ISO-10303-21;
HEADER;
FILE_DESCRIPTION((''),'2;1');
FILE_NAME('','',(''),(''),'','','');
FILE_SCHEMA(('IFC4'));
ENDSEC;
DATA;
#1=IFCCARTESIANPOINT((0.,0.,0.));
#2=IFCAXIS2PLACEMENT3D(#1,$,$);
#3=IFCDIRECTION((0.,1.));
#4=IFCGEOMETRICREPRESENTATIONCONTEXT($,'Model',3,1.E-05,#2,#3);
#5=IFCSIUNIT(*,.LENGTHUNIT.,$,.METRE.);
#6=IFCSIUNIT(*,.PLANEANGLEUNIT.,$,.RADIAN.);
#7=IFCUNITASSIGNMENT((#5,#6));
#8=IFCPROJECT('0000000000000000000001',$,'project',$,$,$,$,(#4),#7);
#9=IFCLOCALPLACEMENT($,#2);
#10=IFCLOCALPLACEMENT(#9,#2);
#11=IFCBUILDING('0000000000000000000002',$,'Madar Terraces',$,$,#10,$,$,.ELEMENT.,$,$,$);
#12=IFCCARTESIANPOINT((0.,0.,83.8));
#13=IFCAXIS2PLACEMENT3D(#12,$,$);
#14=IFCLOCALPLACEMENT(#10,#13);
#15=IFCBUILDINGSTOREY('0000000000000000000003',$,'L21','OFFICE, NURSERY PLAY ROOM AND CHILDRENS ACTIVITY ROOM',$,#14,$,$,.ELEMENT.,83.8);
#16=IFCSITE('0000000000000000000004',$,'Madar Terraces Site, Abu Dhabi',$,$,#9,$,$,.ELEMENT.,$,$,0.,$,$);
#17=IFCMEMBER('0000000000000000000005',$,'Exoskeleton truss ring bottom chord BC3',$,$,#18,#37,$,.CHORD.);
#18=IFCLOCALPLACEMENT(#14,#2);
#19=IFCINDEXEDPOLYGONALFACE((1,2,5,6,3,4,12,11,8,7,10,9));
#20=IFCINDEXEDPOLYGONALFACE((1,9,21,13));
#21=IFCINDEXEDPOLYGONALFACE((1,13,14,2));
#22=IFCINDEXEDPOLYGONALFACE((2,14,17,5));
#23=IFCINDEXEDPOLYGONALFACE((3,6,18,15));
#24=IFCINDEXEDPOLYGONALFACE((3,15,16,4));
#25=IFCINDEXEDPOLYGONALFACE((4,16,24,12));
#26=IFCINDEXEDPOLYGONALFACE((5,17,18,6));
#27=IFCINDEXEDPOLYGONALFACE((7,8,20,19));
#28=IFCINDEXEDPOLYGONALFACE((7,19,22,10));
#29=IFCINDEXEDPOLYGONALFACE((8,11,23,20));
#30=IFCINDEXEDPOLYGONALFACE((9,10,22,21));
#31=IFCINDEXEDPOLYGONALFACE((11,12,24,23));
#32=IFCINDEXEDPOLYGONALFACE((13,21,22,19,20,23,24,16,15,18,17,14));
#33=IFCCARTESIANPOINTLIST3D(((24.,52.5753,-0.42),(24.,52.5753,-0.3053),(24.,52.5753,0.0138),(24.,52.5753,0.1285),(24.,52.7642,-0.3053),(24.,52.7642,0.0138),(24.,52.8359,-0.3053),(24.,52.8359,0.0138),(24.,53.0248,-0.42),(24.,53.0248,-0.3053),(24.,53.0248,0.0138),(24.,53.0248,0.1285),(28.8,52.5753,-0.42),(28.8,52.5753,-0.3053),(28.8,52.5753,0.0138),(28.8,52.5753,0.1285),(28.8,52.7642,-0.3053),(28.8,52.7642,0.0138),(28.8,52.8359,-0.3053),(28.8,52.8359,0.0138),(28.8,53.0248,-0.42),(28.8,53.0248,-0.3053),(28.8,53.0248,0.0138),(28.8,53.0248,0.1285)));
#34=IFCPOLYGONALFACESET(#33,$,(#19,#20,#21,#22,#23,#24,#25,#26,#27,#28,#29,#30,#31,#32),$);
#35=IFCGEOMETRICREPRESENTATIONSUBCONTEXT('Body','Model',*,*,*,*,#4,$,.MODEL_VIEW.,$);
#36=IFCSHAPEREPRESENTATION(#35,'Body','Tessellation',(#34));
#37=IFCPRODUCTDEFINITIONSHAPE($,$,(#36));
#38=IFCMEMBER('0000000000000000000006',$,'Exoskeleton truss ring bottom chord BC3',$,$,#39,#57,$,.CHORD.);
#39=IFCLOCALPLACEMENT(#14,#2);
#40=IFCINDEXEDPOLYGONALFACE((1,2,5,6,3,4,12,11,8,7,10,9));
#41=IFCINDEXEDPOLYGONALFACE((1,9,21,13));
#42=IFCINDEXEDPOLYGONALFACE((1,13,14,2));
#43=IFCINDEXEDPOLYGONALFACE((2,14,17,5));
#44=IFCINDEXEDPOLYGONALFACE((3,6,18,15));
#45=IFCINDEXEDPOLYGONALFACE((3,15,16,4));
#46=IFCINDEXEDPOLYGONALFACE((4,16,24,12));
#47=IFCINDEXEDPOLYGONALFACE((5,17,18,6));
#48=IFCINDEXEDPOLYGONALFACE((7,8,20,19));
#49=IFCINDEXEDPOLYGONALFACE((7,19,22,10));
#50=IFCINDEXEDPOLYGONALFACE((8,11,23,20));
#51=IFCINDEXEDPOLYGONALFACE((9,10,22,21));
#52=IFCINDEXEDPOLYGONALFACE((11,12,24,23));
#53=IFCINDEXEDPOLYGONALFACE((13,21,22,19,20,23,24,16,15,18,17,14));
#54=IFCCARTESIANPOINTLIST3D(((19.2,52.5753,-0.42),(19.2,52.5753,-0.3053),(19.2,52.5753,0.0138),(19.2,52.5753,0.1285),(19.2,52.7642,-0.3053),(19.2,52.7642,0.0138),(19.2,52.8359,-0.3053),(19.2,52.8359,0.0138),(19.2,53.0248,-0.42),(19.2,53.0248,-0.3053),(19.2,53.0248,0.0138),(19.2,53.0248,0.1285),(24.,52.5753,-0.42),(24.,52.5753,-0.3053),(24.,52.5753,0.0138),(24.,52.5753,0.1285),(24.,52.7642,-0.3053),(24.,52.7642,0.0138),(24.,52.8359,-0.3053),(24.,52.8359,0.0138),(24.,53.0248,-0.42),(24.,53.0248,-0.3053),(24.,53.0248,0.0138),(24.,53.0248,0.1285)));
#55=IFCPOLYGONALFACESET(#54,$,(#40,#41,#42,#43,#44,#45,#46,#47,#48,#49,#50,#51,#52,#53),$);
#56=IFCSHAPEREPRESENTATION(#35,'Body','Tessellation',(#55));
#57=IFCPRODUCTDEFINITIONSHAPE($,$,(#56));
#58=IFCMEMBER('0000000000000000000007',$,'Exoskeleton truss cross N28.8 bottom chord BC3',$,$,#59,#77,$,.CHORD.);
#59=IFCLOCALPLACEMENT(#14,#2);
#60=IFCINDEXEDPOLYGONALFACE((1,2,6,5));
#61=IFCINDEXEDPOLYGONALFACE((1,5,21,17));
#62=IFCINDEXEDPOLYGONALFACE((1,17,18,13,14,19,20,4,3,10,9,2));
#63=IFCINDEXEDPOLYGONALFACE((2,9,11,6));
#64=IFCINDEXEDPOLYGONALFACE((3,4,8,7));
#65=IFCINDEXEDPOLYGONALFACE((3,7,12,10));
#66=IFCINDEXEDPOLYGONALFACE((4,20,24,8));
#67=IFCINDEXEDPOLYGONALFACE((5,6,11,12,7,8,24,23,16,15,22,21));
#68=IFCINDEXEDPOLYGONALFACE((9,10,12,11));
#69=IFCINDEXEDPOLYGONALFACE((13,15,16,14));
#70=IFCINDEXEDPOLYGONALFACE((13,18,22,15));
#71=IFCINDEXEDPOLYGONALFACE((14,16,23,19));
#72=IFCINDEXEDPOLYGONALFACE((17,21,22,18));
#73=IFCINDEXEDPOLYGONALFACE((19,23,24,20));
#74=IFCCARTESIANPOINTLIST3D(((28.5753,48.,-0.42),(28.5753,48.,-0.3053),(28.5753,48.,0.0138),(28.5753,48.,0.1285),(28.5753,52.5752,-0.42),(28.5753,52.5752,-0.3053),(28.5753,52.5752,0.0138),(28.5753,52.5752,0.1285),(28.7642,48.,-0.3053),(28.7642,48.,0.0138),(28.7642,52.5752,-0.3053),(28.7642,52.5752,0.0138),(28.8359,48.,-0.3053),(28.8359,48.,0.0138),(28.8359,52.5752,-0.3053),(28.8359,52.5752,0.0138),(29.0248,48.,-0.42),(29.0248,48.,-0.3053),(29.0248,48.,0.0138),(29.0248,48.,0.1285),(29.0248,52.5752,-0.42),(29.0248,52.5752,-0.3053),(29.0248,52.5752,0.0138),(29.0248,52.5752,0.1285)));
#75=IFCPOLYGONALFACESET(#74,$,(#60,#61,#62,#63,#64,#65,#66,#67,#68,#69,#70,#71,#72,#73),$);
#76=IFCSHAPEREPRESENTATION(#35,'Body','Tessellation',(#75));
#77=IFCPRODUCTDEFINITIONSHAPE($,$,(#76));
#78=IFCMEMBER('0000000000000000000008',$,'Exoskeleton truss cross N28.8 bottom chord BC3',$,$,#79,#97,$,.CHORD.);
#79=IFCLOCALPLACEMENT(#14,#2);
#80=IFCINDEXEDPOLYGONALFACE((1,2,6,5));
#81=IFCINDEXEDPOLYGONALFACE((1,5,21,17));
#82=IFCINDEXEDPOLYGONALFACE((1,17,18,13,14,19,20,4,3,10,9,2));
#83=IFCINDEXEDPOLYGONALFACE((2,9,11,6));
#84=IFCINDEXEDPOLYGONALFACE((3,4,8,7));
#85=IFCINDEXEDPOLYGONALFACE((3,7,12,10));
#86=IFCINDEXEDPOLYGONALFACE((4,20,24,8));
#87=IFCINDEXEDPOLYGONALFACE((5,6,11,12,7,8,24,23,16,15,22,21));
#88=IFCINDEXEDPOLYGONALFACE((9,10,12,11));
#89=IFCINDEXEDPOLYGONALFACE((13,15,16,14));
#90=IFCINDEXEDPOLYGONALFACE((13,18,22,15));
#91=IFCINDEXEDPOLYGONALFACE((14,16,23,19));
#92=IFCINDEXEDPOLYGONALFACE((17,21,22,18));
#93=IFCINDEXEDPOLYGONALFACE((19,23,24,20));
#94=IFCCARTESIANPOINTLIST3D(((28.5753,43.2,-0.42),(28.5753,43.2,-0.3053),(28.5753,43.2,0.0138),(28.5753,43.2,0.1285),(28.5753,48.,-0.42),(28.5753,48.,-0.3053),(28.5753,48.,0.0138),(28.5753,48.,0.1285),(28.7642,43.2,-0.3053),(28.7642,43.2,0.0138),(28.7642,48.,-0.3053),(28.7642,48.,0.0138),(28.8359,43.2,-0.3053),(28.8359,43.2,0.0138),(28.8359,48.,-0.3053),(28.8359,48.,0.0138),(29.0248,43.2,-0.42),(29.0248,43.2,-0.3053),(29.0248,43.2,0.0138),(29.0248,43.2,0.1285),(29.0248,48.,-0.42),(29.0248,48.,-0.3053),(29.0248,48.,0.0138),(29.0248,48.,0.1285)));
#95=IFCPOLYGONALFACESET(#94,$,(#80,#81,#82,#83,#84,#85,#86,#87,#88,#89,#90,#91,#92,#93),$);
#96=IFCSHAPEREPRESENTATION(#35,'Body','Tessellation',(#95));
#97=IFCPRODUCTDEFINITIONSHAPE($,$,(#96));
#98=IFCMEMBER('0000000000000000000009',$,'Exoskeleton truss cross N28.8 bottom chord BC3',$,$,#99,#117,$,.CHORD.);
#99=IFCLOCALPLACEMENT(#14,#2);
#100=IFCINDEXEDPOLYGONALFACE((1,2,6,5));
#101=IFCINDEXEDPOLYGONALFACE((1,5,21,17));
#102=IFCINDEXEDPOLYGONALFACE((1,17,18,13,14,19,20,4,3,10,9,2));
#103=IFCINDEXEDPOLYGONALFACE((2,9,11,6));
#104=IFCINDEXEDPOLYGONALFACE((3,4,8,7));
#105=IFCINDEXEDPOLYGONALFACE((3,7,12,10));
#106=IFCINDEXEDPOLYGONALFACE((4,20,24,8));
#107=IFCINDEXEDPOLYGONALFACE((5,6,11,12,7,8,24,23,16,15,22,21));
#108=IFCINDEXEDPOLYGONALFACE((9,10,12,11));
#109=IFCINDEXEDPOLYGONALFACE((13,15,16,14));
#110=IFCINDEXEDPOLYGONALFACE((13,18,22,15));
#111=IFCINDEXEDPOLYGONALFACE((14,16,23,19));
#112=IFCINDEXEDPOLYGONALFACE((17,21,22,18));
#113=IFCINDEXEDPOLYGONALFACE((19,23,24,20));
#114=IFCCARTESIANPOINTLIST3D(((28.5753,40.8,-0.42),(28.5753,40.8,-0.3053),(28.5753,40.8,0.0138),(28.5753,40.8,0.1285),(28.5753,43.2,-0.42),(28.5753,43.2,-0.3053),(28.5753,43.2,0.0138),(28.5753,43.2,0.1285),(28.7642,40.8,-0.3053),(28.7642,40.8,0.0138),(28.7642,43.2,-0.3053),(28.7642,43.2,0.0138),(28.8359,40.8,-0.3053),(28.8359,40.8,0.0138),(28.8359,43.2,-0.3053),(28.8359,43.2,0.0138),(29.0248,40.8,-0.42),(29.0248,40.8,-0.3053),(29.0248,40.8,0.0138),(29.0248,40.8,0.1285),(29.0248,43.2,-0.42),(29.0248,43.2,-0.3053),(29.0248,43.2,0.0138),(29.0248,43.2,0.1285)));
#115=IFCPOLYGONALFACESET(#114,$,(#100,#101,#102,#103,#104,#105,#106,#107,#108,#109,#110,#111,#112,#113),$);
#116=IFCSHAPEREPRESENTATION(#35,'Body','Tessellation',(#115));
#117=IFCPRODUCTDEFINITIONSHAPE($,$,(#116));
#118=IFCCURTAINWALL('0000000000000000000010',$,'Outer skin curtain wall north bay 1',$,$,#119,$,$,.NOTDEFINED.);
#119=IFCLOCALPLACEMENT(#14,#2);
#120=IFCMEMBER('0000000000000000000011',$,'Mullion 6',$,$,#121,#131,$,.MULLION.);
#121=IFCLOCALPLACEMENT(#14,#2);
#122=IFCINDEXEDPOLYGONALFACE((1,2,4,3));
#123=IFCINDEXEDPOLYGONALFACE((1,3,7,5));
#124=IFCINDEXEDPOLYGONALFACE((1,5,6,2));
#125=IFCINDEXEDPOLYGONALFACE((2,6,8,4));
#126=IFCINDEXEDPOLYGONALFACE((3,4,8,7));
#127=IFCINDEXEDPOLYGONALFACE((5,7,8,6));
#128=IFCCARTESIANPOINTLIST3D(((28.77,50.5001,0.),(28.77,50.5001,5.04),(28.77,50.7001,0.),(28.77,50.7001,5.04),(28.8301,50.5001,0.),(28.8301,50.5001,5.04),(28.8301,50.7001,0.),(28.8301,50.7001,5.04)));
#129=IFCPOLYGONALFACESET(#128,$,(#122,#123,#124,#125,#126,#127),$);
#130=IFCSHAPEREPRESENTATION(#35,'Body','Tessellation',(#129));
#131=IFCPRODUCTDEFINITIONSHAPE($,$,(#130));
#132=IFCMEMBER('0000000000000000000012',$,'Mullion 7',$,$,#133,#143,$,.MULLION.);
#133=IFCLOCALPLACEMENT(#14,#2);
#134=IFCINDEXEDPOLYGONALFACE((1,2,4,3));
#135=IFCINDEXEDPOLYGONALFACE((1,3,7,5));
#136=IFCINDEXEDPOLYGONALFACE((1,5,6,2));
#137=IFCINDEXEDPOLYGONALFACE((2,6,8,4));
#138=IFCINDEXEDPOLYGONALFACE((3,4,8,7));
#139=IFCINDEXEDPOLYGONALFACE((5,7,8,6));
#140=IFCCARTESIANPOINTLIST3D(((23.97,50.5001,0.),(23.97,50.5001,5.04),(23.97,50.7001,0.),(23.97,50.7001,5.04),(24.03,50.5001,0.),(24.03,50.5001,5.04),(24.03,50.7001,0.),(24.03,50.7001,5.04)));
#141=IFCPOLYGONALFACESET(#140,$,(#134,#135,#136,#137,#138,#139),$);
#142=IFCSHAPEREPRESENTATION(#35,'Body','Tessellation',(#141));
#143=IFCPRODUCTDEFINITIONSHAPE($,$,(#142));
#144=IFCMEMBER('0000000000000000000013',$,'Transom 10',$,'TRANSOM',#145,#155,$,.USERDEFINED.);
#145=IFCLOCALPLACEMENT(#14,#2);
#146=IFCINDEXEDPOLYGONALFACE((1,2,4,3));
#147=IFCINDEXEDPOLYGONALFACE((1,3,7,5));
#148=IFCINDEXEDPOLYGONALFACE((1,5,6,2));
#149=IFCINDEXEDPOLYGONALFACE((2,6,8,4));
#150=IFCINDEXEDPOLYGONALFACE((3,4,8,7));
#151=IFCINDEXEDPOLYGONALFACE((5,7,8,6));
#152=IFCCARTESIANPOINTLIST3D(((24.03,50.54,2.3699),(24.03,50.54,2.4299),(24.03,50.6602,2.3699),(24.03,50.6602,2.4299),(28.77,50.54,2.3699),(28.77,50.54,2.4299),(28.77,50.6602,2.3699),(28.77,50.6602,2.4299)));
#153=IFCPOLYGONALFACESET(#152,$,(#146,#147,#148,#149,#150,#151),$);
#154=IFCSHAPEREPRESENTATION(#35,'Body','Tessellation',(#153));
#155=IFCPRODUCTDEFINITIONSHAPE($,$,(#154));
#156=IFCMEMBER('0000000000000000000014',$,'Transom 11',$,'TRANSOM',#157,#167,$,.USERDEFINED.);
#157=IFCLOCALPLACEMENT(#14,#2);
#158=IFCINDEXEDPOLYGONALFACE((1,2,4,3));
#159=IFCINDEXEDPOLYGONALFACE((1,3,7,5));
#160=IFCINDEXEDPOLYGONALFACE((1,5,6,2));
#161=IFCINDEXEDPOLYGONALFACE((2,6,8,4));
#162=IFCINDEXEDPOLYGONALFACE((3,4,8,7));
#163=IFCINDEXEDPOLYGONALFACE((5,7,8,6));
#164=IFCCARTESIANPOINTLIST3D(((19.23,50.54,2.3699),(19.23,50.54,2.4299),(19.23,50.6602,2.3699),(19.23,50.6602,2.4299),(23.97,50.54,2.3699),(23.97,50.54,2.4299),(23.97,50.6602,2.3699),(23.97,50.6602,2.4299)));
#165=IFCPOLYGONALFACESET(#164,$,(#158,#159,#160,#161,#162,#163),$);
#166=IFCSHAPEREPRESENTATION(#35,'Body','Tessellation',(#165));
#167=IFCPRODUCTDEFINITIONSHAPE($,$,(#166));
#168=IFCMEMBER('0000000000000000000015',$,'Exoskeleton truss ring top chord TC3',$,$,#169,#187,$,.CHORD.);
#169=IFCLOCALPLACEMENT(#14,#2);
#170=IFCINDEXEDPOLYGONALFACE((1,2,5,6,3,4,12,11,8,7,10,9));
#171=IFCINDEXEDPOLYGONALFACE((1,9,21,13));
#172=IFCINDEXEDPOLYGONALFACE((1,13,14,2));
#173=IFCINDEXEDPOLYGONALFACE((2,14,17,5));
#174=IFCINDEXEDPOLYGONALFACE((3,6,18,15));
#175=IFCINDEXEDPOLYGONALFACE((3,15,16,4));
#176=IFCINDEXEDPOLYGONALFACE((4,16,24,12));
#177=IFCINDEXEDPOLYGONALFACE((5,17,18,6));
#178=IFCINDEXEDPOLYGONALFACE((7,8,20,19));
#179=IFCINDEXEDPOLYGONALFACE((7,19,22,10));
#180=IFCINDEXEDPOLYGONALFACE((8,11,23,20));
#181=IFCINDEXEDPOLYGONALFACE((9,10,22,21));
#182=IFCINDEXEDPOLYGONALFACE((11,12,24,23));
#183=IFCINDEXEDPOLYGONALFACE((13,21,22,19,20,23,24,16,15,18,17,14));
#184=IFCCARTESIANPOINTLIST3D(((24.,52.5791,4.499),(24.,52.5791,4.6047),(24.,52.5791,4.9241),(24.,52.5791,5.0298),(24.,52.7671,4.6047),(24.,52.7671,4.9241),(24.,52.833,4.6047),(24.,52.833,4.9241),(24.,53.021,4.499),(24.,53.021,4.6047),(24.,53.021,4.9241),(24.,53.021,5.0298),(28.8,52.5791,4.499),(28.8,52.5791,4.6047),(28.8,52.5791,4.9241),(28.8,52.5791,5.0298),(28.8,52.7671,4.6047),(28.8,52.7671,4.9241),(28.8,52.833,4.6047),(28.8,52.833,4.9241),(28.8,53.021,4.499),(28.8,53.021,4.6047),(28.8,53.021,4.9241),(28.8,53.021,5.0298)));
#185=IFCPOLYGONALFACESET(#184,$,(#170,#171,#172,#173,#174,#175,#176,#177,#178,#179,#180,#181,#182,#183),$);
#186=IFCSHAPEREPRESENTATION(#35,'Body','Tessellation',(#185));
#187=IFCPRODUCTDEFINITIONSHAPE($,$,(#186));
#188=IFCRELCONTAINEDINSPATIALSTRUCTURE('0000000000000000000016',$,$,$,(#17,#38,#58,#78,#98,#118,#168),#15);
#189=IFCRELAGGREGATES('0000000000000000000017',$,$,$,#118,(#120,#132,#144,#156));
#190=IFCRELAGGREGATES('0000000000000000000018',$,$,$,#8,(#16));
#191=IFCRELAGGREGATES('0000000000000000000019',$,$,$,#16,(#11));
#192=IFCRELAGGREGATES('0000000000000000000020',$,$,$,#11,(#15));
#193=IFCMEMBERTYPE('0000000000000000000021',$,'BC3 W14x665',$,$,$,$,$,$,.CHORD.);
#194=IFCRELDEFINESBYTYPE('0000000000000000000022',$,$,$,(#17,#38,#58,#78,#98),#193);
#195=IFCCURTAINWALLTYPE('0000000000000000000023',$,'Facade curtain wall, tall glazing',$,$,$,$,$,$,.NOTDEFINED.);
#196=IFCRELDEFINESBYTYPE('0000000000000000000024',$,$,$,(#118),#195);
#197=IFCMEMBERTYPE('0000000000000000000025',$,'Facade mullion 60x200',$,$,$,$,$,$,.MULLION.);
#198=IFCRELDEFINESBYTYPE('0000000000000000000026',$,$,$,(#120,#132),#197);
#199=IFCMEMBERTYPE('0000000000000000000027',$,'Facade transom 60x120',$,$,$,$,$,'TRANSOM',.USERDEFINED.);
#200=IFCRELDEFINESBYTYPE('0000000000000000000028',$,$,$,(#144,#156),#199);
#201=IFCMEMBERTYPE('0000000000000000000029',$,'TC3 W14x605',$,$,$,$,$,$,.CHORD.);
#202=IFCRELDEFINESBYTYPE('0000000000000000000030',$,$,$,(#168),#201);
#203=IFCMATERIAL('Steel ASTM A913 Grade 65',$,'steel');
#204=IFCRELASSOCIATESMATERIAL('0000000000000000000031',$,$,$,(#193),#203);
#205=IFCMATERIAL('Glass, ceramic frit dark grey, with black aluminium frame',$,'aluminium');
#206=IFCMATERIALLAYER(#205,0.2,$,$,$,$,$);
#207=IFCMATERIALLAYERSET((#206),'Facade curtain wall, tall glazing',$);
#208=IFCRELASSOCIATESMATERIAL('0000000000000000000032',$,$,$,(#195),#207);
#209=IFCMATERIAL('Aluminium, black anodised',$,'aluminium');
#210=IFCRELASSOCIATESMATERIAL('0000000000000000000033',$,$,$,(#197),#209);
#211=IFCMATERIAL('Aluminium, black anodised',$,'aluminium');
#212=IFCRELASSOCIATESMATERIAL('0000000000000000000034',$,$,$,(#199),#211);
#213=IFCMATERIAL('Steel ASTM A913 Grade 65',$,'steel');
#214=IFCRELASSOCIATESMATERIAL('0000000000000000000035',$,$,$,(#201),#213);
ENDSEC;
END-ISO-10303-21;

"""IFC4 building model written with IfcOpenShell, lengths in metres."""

from ifc_helpers import new_model, si_unit, direction, frame, origin, origin_2d, place, context, subcontext, project, spatial, rectangle, i_section, extrude, material, layer, layer_set, material_profile, profile_set, type_object, element, aggregate, save


model = new_model("IFC4")

# Units and contexts
model_context = context("Model", 3, precision=1e-05, world=origin(), true_north=direction((0.0, 1.0)))
body_context = subcontext(model_context, "Body", "Model", "MODEL_VIEW")
ifc_project = project(units=[si_unit("LENGTHUNIT", "METRE"), si_unit("PLANEANGLEUNIT", "RADIAN")], contexts=[model_context])

# Site, building, storey
site_placement = place(None, origin())
site = spatial("IfcSite", under=ifc_project, at=site_placement, Name="Madar Terraces Site, Abu Dhabi", CompositionType="ELEMENT", RefElevation=0.0)
building_placement = place(site_placement, origin())
building = spatial("IfcBuilding", under=site, at=building_placement, Name="Madar Terraces", CompositionType="ELEMENT")
storey_placement = place(building_placement, frame((0.0, 0.0, 83.8)))
storey = spatial("IfcBuildingStorey", under=building, at=storey_placement, Name="L21", Description="OFFICE, NURSERY PLAY ROOM AND CHILDRENS ACTIVITY ROOM", CompositionType="ELEMENT", Elevation=83.8)

# Members
ifc_material_1 = material(Name="Steel ASTM A913 Grade 65", Category="steel")
ifc_material_profile_1 = material_profile(ifc_material_1, i_section(OverallWidth=0.4495, OverallDepth=0.5486, WebThickness=0.0718, FlangeThickness=0.1147, at=origin_2d()), Name="W14x665")
ifc_profile_set_1 = profile_set([ifc_material_profile_1], Name="Steel ASTM A913 Grade 65")
member_type_1 = type_object("IfcMemberType", Name="BC3 W14x665", PredefinedType="CHORD", material=ifc_profile_set_1)
for number, where, z_axis, x_axis, name in (
    (1, (28.8, 52.8, -0.1458), (-1.0, 0.0, 0.0), (0.0, -1.0, 0.0), "Exoskeleton truss ring bottom chord BC3"),
    (2, (24.0, 52.8, -0.1458), (-1.0, 0.0, 0.0), (0.0, -1.0, 0.0), "Exoskeleton truss ring bottom chord BC3"),
):
    element("IfcMember", number, at=place(storey_placement, frame(where, z_axis=z_axis, x_axis=x_axis)), inside=storey, type_object=member_type_1, Name=name, PredefinedType="CHORD", context=body_context, shape_type="SweptSolid", body=[
        extrude(i_section(OverallWidth=0.4495, OverallDepth=0.5486, WebThickness=0.0718, FlangeThickness=0.1147, at=origin_2d()), origin(), (0.0, 0.0, 1.0), 4.8),
    ])
member_1_placement = place(storey_placement, frame((28.8, 52.5752, -0.1458), z_axis=(0.0, -1.0, 0.0), x_axis=(1.0, 0.0, 0.0)))
element("IfcMember", 3, at=member_1_placement, inside=storey, type_object=member_type_1, Name="Exoskeleton truss cross N28.8 bottom chord BC3", PredefinedType="CHORD", context=body_context, shape_type="SweptSolid", body=[
    extrude(i_section(OverallWidth=0.4495, OverallDepth=0.5486, WebThickness=0.0718, FlangeThickness=0.1147, at=origin_2d()), origin(), (0.0, 0.0, 1.0), 4.5752),
])
member_2_placement = place(storey_placement, frame((28.8, 48.0, -0.1458), z_axis=(0.0, -1.0, 0.0), x_axis=(1.0, 0.0, 0.0)))
element("IfcMember", 4, at=member_2_placement, inside=storey, type_object=member_type_1, Name="Exoskeleton truss cross N28.8 bottom chord BC3", PredefinedType="CHORD", context=body_context, shape_type="SweptSolid", body=[
    extrude(i_section(OverallWidth=0.4495, OverallDepth=0.5486, WebThickness=0.0718, FlangeThickness=0.1147, at=origin_2d()), origin(), (0.0, 0.0, 1.0), 4.8),
])
member_3_placement = place(storey_placement, frame((28.8, 43.2, -0.1458), z_axis=(0.0, -1.0, 0.0), x_axis=(1.0, 0.0, 0.0)))
element("IfcMember", 5, at=member_3_placement, inside=storey, type_object=member_type_1, Name="Exoskeleton truss cross N28.8 bottom chord BC3", PredefinedType="CHORD", context=body_context, shape_type="SweptSolid", body=[
    extrude(i_section(OverallWidth=0.4495, OverallDepth=0.5486, WebThickness=0.0718, FlangeThickness=0.1147, at=origin_2d()), origin(), (0.0, 0.0, 1.0), 2.3999),
])

# Curtain wall, members
ifc_material_2 = material(Name="Glass, ceramic frit dark grey, with black aluminium frame", Category="aluminium")
ifc_layer_1 = layer(ifc_material_2, 0.2)
ifc_layer_set_1 = layer_set([ifc_layer_1], Name="Facade curtain wall, tall glazing")
curtain_wall_type = type_object("IfcCurtainWallType", Name="Facade curtain wall, tall glazing", PredefinedType="NOTDEFINED", material=ifc_layer_set_1)
curtain_wall_placement = place(storey_placement, origin())
curtain_wall = element("IfcCurtainWall", 6, at=curtain_wall_placement, inside=storey, type_object=curtain_wall_type, Name="Outer skin curtain wall north bay 1", PredefinedType="NOTDEFINED")
ifc_material_3 = material(Name="Aluminium, black anodised", Category="aluminium")
ifc_material_profile_2 = material_profile(ifc_material_3, rectangle(XDim=0.2, YDim=0.0601, at=origin_2d()), Name="Facade mullion 60x200")
ifc_profile_set_2 = profile_set([ifc_material_profile_2], Name="Aluminium, black anodised")
member_type_2 = type_object("IfcMemberType", Name="Facade mullion 60x200", PredefinedType="MULLION", material=ifc_profile_set_2)
member_4_placement = place(storey_placement, frame((28.8, 50.6001, 0.0), z_axis=(0.0, 0.0, 1.0), x_axis=(0.0, -1.0, 0.0)))
member_4 = element("IfcMember", 7, at=member_4_placement, type_object=member_type_2, Name="Mullion 6", PredefinedType="MULLION", context=body_context, shape_type="SweptSolid", body=[
    extrude(rectangle(XDim=0.2, YDim=0.0601, at=origin_2d()), origin(), (0.0, 0.0, 1.0), 5.04),
])
member_5_placement = place(storey_placement, frame((24.0, 50.6001, 0.0), z_axis=(0.0, 0.0, 1.0), x_axis=(0.0, -1.0, 0.0)))
member_5 = element("IfcMember", 8, at=member_5_placement, type_object=member_type_2, Name="Mullion 7", PredefinedType="MULLION", context=body_context, shape_type="SweptSolid", body=[
    extrude(rectangle(XDim=0.2, YDim=0.0601, at=origin_2d()), origin(), (0.0, 0.0, 1.0), 5.04),
])
ifc_material_4 = material(Name="Aluminium, black anodised", Category="aluminium")
ifc_material_profile_3 = material_profile(ifc_material_4, rectangle(XDim=0.1201, YDim=0.0601, at=origin_2d()), Name="Facade transom 60x120")
ifc_profile_set_3 = profile_set([ifc_material_profile_3], Name="Aluminium, black anodised")
member_type_3 = type_object("IfcMemberType", Name="Facade transom 60x120", ElementType="TRANSOM", PredefinedType="USERDEFINED", material=ifc_profile_set_3)
member_6_placement = place(storey_placement, frame((28.77, 50.6001, 2.3999), z_axis=(-1.0, 0.0, 0.0), x_axis=(0.0, -1.0, 0.0)))
member_6 = element("IfcMember", 9, at=member_6_placement, type_object=member_type_3, Name="Transom 10", ObjectType="TRANSOM", PredefinedType="USERDEFINED", context=body_context, shape_type="SweptSolid", body=[
    extrude(rectangle(XDim=0.1201, YDim=0.0601, at=origin_2d()), origin(), (0.0, 0.0, 1.0), 4.74),
])
member_7_placement = place(storey_placement, frame((23.97, 50.6001, 2.3999), z_axis=(-1.0, 0.0, 0.0), x_axis=(0.0, -1.0, 0.0)))
member_7 = element("IfcMember", 10, at=member_7_placement, type_object=member_type_3, Name="Transom 11", ObjectType="TRANSOM", PredefinedType="USERDEFINED", context=body_context, shape_type="SweptSolid", body=[
    extrude(rectangle(XDim=0.1201, YDim=0.0601, at=origin_2d()), origin(), (0.0, 0.0, 1.0), 4.74),
])

# Member
ifc_material_5 = material(Name="Steel ASTM A913 Grade 65", Category="steel")
ifc_material_profile_4 = material_profile(ifc_material_5, i_section(OverallWidth=0.4419, OverallDepth=0.5308, WebThickness=0.0659, FlangeThickness=0.1057, at=origin_2d()), Name="W14x605")
ifc_profile_set_4 = profile_set([ifc_material_profile_4], Name="Steel ASTM A913 Grade 65")
member_type_4 = type_object("IfcMemberType", Name="TC3 W14x605", PredefinedType="CHORD", material=ifc_profile_set_4)
for number, where, z_axis, x_axis, name in (
    (11, (28.8, 52.8, 4.7644), (-1.0, 0.0, 0.0), (0.0, -1.0, 0.0), "Exoskeleton truss ring top chord TC3"),
):
    element("IfcMember", number, at=place(storey_placement, frame(where, z_axis=z_axis, x_axis=x_axis)), inside=storey, type_object=member_type_4, Name=name, PredefinedType="CHORD", context=body_context, shape_type="SweptSolid", body=[
        extrude(i_section(OverallWidth=0.4419, OverallDepth=0.5308, WebThickness=0.0659, FlangeThickness=0.1057, at=origin_2d()), origin(), (0.0, 0.0, 1.0), 4.8),
    ])

aggregate(curtain_wall, [member_4, member_5, member_6, member_7])

save(model, "model.ifc")
